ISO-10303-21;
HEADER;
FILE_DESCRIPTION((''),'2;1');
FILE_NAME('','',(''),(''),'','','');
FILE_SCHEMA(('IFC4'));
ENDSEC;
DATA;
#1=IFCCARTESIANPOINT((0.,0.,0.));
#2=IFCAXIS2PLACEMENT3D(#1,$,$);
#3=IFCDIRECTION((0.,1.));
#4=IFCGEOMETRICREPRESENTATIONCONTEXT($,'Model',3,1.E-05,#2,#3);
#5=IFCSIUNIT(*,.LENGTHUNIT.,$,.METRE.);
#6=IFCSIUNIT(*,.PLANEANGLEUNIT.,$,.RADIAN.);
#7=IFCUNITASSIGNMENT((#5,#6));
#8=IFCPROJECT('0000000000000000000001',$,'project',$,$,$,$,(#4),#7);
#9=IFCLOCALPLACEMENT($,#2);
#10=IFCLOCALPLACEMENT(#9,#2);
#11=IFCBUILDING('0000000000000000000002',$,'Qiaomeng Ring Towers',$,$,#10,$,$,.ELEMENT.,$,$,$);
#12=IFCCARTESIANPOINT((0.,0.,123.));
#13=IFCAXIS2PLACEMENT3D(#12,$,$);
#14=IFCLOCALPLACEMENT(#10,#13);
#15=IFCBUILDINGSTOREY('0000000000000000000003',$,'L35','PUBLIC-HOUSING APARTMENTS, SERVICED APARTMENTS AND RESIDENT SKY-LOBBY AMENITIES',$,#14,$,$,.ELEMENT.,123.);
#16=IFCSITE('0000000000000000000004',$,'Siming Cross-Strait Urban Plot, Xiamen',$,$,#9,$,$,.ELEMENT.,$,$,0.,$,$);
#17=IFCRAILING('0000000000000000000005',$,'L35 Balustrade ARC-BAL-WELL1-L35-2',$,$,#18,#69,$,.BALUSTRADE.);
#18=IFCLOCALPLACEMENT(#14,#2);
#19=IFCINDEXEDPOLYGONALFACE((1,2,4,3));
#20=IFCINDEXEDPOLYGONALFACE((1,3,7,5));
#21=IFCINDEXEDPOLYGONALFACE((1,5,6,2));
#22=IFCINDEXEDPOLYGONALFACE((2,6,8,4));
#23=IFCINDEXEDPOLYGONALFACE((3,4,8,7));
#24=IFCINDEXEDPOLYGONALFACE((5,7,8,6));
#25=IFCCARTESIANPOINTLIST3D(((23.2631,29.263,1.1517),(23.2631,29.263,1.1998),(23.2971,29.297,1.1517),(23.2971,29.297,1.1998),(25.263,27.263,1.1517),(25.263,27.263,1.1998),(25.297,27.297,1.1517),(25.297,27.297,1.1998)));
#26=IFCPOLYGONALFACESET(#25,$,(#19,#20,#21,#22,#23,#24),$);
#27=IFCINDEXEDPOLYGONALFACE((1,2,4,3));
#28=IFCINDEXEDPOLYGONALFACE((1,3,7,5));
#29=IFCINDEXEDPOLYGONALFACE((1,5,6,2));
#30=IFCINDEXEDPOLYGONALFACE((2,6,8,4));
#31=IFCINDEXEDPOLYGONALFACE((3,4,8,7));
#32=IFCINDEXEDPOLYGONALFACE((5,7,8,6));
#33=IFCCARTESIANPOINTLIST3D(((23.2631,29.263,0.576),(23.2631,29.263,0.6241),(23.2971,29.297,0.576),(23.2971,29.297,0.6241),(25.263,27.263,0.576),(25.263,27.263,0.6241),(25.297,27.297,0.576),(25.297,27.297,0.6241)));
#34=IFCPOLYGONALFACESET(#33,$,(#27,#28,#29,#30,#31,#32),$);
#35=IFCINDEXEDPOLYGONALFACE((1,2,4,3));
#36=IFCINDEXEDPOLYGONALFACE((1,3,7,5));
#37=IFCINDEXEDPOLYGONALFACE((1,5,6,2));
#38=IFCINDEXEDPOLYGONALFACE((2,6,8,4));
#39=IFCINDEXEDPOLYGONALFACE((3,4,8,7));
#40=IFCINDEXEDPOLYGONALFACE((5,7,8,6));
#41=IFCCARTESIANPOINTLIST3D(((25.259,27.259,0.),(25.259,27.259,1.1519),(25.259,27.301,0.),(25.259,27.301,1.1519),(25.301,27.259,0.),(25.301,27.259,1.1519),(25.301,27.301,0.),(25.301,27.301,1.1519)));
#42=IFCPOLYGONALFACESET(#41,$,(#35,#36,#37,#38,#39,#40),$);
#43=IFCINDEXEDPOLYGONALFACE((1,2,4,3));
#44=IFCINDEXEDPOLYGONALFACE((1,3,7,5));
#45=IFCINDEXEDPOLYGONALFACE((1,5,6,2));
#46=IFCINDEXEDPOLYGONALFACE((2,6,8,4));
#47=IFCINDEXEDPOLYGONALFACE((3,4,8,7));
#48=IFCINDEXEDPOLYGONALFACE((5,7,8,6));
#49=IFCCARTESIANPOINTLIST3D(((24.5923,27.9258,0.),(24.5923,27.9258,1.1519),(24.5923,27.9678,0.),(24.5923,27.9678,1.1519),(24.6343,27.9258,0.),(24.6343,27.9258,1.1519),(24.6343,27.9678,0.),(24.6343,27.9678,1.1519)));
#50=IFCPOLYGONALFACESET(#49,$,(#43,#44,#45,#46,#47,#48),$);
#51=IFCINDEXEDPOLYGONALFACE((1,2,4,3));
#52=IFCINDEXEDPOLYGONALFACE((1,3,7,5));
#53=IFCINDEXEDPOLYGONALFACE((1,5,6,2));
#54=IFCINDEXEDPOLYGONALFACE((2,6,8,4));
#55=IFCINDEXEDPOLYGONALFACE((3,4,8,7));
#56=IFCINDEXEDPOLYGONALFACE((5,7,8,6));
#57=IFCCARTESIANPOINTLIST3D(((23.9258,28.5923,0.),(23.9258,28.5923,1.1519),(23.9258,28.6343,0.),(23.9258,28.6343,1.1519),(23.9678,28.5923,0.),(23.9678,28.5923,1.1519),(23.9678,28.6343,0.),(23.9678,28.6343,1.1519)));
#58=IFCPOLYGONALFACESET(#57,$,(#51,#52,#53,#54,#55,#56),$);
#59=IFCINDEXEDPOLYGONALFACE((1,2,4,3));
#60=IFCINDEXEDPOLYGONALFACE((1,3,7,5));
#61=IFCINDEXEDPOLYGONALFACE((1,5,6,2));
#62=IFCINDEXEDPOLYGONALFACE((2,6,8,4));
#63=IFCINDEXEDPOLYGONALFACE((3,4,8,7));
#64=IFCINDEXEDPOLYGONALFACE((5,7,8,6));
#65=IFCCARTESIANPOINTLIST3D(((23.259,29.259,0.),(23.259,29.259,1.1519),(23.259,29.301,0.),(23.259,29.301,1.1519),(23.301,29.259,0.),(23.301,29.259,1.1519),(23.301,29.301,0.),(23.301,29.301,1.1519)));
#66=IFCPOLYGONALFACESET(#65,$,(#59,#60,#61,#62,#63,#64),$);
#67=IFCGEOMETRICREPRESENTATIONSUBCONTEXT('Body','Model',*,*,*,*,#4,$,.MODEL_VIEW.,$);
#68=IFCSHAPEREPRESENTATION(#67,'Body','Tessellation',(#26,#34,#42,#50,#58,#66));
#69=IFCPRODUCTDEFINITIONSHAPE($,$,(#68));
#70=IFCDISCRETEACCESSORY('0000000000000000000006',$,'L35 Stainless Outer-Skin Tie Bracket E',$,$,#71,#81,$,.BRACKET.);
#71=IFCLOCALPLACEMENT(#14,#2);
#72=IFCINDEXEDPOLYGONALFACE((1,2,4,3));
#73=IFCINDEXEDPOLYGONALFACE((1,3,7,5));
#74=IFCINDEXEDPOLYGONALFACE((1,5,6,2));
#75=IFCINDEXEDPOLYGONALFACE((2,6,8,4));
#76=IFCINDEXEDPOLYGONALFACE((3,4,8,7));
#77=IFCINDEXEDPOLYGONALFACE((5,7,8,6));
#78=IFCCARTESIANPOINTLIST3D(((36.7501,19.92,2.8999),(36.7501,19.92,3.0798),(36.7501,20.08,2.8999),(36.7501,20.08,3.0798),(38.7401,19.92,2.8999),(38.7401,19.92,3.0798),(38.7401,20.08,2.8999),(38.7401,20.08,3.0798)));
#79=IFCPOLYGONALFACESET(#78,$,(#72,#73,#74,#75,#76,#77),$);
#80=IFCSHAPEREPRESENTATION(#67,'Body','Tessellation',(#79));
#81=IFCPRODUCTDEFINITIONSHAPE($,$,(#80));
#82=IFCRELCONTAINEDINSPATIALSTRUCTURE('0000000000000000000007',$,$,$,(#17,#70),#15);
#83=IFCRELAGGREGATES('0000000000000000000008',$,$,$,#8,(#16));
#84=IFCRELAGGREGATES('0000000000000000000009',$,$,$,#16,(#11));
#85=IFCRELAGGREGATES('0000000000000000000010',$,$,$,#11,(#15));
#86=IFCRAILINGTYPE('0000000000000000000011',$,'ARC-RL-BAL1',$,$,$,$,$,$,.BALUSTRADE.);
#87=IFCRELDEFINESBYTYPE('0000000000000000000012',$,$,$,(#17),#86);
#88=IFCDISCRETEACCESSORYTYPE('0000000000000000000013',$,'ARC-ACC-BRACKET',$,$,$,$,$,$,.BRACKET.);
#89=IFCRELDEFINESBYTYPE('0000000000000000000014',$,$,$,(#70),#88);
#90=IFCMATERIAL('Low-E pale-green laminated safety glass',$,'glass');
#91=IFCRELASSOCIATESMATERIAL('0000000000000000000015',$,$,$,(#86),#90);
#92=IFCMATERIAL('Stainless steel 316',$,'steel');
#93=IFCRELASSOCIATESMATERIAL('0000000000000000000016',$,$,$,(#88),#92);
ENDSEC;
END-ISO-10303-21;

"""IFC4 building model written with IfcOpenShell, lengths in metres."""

from ifc_helpers import new_model, si_unit, direction, frame, origin, origin_2d, place, context, subcontext, project, spatial, rectangle, extrude, source, transform, mapped, material, type_object, element, save


model = new_model("IFC4")

# Units and contexts
model_context = context("Model", 3, precision=1e-05, world=origin(), true_north=direction((0.0, 1.0)))
body_context = subcontext(model_context, "Body", "Model", "MODEL_VIEW")
ifc_project = project(units=[si_unit("LENGTHUNIT", "METRE"), si_unit("PLANEANGLEUNIT", "RADIAN")], contexts=[model_context])

# Site, building, storey
site_placement = place(None, origin())
site = spatial("IfcSite", under=ifc_project, at=site_placement, Name="Siming Cross-Strait Urban Plot, Xiamen", CompositionType="ELEMENT", RefElevation=0.0)
building_placement = place(site_placement, origin())
building = spatial("IfcBuilding", under=site, at=building_placement, Name="Qiaomeng Ring Towers", CompositionType="ELEMENT")
storey_placement = place(building_placement, frame((0.0, 0.0, 123.0)))
storey = spatial("IfcBuildingStorey", under=building, at=storey_placement, Name="L35", Description="PUBLIC-HOUSING APARTMENTS, SERVICED APARTMENTS AND RESIDENT SKY-LOBBY AMENITIES", CompositionType="ELEMENT", Elevation=123.0)

# Shared definitions
ifc_material_1 = material(Name="Stainless steel 316", Category="steel")

# Railing
ifc_material_2 = material(Name="Low-E pale-green laminated safety glass", Category="glass")
railing_type = type_object("IfcRailingType", Name="ARC-RL-BAL1", PredefinedType="BALUSTRADE", material=ifc_material_2)
railing_placement = place(storey_placement, frame((25.28, 27.28, 0.0)))
element("IfcRailing", 1, at=railing_placement, inside=storey, type_object=railing_type, Name="L35 Balustrade ARC-BAL-WELL1-L35-2", PredefinedType="BALUSTRADE", context=body_context, shape_type="SweptSolid", body=[
    extrude(rectangle(XDim=0.0481, YDim=0.0481, at=origin_2d()), frame((0.0, 0.0, 1.1758), z_axis=(-0.707107, 0.707107, 0.0), x_axis=(-0.707107, -0.707107, 0.0)), (0.0, 0.0, 1.0), 2.8284),
    extrude(rectangle(XDim=0.0481, YDim=0.0481, at=origin_2d()), frame((0.0, 0.0, 0.6001), z_axis=(-0.707107, 0.707107, 0.0), x_axis=(-0.707107, -0.707107, 0.0)), (0.0, 0.0, 1.0), 2.8284),
    extrude(rectangle(XDim=0.042, YDim=0.042, at=origin_2d()), origin(), (0.0, 0.0, 1.0), 1.1519),
    extrude(rectangle(XDim=0.042, YDim=0.042, at=origin_2d()), frame((-0.6667, 0.6667, 0.0)), (0.0, 0.0, 1.0), 1.1519),
    extrude(rectangle(XDim=0.042, YDim=0.042, at=origin_2d()), frame((-1.3333, 1.3333, 0.0)), (0.0, 0.0, 1.0), 1.1519),
    extrude(rectangle(XDim=0.042, YDim=0.042, at=origin_2d()), frame((-2.0, 2.0, 0.0)), (0.0, 0.0, 1.0), 1.1519),
])

# Discrete accessory
discrete_accessory_type = type_object("IfcDiscreteAccessoryType", Name="ARC-ACC-BRACKET", PredefinedType="BRACKET", material=ifc_material_1)
shared_shape_1 = source(origin(), body_context, "Body", "SweptSolid", [
    extrude(rectangle(XDim=1.99, YDim=0.1599, at=origin_2d()), origin(), (0.0, 0.0, 1.0), 0.1799),
])
discrete_accessory_placement = place(storey_placement, frame((37.7451, 20.0, 2.8999), z_axis=(0.0, 0.0, 1.0), x_axis=(1.0, 0.0, 0.0)))
element("IfcDiscreteAccessory", 2, at=discrete_accessory_placement, inside=storey, type_object=discrete_accessory_type, Name="L35 Stainless Outer-Skin Tie Bracket E", PredefinedType="BRACKET", context=body_context, shape_type="MappedRepresentation", body=[
    mapped(shared_shape_1, transform((0.0, 0.0, 0.0), x_axis=(1.0, 0.0, 0.0), y_axis=(0.0, 1.0, 0.0), z_axis=(0.0, 0.0, 1.0), scale=1.0)),
])

save(model, "model.ifc")
